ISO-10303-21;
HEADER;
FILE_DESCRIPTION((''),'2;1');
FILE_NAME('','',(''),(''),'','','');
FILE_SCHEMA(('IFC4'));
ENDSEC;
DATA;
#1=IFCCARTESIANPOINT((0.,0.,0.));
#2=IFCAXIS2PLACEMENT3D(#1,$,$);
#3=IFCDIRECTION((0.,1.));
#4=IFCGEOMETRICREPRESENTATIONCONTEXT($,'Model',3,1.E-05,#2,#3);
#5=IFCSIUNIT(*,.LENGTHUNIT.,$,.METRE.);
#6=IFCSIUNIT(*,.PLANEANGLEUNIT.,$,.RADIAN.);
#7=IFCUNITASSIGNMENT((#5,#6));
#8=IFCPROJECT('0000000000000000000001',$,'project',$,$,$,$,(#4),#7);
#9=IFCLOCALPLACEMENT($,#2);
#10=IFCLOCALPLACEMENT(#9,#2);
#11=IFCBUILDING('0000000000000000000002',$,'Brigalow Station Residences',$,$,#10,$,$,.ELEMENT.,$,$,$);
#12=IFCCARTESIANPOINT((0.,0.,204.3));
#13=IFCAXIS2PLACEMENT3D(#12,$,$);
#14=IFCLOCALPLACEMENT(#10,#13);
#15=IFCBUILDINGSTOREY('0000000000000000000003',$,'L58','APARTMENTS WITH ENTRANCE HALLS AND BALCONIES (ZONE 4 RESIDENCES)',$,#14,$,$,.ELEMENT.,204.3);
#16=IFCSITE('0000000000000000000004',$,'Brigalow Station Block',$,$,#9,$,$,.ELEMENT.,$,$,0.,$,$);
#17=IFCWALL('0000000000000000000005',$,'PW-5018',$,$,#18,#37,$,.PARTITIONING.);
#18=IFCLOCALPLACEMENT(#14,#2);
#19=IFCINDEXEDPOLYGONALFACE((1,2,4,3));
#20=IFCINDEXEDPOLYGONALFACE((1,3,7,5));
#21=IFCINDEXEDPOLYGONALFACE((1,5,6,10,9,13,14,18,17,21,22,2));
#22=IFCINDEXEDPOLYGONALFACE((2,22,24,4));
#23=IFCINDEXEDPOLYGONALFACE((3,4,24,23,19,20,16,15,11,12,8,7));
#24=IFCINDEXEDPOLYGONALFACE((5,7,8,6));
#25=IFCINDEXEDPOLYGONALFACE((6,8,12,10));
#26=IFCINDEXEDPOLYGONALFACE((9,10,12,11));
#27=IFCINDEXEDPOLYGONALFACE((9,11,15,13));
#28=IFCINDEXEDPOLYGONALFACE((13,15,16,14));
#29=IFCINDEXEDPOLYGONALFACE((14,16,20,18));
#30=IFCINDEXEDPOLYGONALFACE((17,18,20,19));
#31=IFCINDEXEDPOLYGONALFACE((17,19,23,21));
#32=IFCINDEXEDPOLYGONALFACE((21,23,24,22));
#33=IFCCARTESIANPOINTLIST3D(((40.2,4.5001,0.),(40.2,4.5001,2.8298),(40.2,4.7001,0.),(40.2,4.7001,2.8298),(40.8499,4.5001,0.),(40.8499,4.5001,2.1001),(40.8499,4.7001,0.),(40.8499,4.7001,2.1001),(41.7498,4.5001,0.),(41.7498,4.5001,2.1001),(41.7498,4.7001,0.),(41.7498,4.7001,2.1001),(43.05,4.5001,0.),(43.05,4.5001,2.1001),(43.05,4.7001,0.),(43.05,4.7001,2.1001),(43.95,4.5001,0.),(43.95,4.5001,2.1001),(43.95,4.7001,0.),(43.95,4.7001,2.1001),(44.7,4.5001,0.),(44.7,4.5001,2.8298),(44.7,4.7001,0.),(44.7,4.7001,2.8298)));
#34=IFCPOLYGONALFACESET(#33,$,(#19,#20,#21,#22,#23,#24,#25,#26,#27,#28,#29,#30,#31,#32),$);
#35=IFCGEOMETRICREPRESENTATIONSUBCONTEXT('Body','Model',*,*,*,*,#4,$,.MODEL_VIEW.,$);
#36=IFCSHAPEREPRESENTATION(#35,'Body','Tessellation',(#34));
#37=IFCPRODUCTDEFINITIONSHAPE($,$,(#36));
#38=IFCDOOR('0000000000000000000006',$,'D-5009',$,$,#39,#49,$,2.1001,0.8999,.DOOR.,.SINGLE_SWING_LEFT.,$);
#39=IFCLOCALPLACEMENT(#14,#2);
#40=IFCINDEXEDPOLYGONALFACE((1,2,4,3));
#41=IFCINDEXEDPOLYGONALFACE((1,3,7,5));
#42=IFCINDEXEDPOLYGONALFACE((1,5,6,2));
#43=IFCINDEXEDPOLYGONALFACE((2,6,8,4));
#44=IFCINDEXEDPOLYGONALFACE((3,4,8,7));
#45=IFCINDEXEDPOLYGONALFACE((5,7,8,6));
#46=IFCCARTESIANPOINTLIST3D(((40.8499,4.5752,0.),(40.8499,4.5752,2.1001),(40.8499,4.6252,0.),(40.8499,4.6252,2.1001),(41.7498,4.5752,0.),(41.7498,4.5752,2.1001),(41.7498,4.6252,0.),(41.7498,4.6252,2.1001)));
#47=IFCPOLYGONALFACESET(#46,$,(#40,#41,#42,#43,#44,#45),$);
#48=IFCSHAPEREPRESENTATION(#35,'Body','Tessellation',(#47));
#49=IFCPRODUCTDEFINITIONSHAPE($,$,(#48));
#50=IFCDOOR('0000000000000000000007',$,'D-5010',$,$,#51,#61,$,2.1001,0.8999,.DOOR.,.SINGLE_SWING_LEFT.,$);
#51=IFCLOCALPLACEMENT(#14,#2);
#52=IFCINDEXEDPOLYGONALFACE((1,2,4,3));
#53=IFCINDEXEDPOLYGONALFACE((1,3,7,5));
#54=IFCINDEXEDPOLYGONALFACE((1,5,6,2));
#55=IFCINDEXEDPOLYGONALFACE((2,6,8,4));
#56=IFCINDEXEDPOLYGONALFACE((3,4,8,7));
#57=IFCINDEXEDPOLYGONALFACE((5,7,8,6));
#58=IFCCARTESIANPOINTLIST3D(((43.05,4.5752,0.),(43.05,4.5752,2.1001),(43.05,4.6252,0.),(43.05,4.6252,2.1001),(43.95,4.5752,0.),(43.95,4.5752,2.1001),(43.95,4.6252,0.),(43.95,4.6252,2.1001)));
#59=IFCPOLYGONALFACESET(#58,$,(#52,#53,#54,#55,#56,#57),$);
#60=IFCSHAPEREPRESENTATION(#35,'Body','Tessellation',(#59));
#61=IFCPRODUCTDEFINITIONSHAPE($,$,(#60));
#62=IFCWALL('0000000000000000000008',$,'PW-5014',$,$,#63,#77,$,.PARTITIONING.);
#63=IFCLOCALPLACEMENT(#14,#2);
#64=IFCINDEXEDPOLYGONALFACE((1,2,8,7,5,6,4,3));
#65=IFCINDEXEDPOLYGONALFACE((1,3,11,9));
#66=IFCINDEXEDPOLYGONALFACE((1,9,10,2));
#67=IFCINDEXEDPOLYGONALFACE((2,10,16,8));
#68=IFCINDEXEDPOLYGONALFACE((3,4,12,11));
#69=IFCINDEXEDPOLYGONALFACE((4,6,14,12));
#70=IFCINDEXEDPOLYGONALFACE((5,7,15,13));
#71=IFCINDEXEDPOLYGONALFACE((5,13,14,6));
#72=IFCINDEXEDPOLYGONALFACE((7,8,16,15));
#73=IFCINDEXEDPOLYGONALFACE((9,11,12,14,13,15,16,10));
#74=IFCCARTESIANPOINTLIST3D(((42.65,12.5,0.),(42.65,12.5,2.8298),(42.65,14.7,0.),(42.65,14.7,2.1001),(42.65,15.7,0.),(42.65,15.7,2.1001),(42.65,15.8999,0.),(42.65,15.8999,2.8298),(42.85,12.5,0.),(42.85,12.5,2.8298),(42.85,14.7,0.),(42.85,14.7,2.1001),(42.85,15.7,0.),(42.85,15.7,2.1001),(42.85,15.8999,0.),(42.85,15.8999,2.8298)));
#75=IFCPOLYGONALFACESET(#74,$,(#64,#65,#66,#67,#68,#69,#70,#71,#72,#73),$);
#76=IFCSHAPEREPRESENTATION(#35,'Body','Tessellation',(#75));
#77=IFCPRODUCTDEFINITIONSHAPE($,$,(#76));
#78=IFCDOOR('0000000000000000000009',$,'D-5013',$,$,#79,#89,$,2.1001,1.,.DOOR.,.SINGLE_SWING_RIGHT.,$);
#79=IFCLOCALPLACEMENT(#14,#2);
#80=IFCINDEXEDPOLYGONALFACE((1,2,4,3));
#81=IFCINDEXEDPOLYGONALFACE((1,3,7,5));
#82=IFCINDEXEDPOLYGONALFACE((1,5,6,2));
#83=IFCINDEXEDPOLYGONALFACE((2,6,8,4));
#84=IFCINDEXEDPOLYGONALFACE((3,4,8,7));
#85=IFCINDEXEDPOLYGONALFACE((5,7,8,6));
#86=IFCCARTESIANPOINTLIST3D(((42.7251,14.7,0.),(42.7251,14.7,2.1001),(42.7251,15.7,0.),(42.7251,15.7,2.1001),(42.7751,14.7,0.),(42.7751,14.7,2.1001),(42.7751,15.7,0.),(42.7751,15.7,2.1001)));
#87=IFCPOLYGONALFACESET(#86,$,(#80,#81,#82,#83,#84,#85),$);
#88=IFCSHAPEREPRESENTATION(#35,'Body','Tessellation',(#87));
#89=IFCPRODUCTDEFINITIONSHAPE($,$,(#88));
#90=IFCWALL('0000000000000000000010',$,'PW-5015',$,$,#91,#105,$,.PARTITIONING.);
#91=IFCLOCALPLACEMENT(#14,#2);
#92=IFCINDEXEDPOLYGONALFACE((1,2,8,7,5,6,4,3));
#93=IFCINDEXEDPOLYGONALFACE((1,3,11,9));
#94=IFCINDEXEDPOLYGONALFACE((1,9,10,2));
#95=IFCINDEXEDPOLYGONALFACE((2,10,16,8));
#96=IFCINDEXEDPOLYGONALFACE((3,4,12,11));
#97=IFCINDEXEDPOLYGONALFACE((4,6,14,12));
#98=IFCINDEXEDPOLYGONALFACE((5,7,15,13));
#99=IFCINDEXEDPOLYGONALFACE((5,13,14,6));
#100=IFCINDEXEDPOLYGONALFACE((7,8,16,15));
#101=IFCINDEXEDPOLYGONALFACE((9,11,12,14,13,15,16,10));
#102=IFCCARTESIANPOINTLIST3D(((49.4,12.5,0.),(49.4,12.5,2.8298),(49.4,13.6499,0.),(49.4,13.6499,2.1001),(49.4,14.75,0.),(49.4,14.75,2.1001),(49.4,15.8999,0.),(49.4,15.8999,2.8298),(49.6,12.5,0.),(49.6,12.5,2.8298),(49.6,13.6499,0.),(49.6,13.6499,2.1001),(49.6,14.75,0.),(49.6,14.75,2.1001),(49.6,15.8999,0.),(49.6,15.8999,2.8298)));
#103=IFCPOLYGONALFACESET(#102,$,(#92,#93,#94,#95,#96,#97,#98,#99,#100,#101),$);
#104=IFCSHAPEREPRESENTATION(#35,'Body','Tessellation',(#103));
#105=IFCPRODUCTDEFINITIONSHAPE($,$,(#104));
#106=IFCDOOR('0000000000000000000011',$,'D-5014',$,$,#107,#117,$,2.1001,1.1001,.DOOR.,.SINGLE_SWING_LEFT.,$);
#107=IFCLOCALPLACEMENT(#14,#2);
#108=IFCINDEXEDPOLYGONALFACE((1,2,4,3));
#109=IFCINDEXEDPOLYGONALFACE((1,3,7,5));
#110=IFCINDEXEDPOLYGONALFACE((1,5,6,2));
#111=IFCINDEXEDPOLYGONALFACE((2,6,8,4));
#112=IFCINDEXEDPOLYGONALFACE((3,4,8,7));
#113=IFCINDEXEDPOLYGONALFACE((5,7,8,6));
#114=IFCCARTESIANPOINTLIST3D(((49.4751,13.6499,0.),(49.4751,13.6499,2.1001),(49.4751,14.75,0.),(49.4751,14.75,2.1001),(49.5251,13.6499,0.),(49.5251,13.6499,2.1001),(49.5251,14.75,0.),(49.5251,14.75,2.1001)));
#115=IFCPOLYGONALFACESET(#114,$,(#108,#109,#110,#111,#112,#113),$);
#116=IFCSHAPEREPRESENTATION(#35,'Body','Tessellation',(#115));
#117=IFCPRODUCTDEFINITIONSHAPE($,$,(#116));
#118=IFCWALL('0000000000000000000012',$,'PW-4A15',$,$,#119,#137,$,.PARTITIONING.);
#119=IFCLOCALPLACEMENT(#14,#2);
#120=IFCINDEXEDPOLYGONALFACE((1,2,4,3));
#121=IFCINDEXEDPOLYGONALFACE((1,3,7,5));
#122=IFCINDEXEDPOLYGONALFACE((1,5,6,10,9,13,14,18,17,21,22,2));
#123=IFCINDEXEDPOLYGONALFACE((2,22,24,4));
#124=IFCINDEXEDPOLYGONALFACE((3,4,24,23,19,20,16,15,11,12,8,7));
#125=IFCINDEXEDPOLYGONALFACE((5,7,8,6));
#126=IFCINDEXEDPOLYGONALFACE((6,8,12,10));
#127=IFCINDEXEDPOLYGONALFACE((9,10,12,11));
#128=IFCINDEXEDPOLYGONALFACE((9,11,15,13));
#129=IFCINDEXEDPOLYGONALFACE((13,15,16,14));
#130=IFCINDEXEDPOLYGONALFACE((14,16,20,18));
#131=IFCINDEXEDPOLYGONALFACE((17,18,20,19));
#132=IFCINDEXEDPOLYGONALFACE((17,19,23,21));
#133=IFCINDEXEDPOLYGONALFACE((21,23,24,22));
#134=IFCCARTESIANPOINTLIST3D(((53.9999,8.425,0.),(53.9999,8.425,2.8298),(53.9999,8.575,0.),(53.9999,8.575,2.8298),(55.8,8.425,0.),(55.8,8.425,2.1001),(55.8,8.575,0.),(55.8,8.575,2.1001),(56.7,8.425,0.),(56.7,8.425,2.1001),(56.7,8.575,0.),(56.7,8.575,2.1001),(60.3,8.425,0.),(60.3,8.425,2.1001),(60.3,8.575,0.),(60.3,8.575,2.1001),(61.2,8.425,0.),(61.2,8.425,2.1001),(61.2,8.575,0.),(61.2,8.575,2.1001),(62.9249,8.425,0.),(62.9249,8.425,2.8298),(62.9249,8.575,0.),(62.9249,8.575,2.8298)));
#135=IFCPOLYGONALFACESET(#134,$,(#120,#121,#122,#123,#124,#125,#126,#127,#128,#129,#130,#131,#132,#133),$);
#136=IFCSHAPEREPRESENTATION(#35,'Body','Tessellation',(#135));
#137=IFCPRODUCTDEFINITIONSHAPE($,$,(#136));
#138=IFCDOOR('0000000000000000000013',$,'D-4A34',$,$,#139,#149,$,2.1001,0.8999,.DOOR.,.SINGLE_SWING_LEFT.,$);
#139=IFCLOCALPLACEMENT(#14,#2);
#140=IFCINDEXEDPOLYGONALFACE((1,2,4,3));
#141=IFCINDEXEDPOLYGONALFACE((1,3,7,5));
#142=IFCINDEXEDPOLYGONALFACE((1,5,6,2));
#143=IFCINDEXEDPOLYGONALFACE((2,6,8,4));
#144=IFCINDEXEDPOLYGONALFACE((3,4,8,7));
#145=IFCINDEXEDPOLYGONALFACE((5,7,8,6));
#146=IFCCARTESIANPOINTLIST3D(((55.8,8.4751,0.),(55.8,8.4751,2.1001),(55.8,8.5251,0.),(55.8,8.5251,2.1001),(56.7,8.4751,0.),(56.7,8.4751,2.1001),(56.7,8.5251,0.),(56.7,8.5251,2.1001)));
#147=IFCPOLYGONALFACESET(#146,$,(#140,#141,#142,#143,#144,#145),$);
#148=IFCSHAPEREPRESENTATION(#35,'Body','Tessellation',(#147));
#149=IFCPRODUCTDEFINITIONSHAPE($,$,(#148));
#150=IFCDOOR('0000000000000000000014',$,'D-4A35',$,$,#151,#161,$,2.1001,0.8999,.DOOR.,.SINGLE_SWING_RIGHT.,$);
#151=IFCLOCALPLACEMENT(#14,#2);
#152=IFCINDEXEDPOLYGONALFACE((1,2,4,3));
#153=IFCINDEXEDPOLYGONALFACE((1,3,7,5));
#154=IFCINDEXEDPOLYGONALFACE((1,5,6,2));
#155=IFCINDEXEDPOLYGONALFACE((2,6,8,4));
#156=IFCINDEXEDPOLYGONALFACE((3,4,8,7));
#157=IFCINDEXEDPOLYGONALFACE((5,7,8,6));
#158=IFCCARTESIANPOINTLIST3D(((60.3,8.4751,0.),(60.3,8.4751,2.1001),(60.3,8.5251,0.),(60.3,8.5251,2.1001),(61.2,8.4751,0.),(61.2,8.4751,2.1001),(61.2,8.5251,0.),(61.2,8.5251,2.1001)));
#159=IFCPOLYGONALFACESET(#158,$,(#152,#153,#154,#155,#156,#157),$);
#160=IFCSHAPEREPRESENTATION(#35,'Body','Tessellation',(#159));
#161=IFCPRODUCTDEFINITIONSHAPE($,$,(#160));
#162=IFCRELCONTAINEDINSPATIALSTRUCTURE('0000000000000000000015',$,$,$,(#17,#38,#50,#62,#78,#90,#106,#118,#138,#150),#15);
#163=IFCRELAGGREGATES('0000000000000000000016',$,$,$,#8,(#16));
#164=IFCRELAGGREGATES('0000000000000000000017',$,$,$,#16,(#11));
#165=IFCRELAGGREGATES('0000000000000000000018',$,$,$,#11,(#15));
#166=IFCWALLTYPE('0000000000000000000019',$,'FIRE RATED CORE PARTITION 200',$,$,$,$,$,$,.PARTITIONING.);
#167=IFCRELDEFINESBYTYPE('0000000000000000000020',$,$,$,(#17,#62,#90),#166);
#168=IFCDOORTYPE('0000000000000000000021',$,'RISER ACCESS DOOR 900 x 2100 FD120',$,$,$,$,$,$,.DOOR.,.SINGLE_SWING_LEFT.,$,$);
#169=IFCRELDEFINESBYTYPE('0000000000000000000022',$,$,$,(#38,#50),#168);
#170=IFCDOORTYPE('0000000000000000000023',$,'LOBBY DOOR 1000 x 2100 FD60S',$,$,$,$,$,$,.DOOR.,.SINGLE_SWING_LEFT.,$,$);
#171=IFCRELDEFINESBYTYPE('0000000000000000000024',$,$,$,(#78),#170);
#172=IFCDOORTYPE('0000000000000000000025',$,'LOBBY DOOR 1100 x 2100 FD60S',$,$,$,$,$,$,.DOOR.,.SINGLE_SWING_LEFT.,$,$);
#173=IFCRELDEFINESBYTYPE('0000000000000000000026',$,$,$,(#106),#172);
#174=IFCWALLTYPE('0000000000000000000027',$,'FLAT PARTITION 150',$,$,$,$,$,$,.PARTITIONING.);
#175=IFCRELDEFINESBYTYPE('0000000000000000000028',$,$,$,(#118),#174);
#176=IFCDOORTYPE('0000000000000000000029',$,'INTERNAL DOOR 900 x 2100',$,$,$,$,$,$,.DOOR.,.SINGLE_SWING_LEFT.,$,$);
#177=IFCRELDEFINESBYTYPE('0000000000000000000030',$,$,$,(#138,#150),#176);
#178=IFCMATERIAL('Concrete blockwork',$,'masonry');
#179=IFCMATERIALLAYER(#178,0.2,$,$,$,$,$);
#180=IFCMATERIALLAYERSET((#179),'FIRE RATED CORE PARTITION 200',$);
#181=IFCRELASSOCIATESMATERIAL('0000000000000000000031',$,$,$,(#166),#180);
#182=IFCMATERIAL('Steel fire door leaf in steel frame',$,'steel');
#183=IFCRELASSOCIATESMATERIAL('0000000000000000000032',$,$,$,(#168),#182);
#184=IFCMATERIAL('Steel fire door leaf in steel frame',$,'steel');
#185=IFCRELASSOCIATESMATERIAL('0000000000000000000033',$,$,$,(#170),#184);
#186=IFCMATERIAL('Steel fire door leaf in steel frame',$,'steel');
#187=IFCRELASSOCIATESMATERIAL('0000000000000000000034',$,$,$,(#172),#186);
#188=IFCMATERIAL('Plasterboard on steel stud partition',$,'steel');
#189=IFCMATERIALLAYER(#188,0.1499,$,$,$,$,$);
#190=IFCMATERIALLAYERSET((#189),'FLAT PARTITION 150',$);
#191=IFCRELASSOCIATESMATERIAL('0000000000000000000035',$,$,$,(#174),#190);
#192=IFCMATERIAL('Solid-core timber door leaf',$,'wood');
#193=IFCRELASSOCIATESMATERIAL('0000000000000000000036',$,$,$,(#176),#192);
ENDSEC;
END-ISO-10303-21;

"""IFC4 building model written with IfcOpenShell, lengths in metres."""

from ifc_helpers import new_model, si_unit, direction, frame, frame_2d, origin, place, context, subcontext, project, spatial, rectangle, extrude, material, layer, layer_set, type_object, element, fill, save


model = new_model("IFC4")

# Units and contexts
model_context = context("Model", 3, precision=1e-05, world=origin(), true_north=direction((0.0, 1.0)))
body_context = subcontext(model_context, "Body", "Model", "MODEL_VIEW")
ifc_project = project(units=[si_unit("LENGTHUNIT", "METRE"), si_unit("PLANEANGLEUNIT", "RADIAN")], contexts=[model_context])

# Site, building, storey
site_placement = place(None, origin())
site = spatial("IfcSite", under=ifc_project, at=site_placement, Name="Brigalow Station Block", CompositionType="ELEMENT", RefElevation=0.0)
building_placement = place(site_placement, origin())
building = spatial("IfcBuilding", under=site, at=building_placement, Name="Brigalow Station Residences", CompositionType="ELEMENT")
storey_placement = place(building_placement, frame((0.0, 0.0, 204.3)))
storey = spatial("IfcBuildingStorey", under=building, at=storey_placement, Name="L58", Description="APARTMENTS WITH ENTRANCE HALLS AND BALCONIES (ZONE 4 RESIDENCES)", CompositionType="ELEMENT", Elevation=204.3)

# Wall, openings, doors
ifc_material_1 = material(Name="Concrete blockwork", Category="masonry")
ifc_layer_1 = layer(ifc_material_1, 0.2)
ifc_layer_set_1 = layer_set([ifc_layer_1], Name="FIRE RATED CORE PARTITION 200")
wall_type_1 = type_object("IfcWallType", Name="FIRE RATED CORE PARTITION 200", PredefinedType="PARTITIONING", material=ifc_layer_set_1)
wall_1_placement = place(storey_placement, frame((40.2, 4.6001, 0.0), z_axis=(0.0, 0.0, 1.0), x_axis=(1.0, 0.0, 0.0)))
wall_1 = element("IfcWall", 1, at=wall_1_placement, inside=storey, type_object=wall_type_1, Name="PW-5018", PredefinedType="PARTITIONING", context=body_context, shape_type="SweptSolid", body=[
    extrude(rectangle(XDim=4.5, YDim=0.2, at=frame_2d((2.25, 0.0))), origin(), (0.0, 0.0, 1.0), 2.8298),
])
opening_1_placement = place(wall_1_placement, frame((0.6499, 0.0, 0.0)))
opening_1 = element("IfcOpeningElement", 2, at=opening_1_placement, cuts=wall_1, PredefinedType="OPENING", context=body_context, shape_type="SweptSolid", body=[
    extrude(rectangle(XDim=0.8999, YDim=2.1001, at=frame_2d((0.45, 1.05))), frame((0.0, 0.1099, 0.0), z_axis=(0.0, -1.0, 0.0), x_axis=(1.0, 0.0, 0.0)), (0.0, 0.0, 1.0), 0.22),
])
opening_2_placement = place(wall_1_placement, frame((2.8501, 0.0, 0.0)))
opening_2 = element("IfcOpeningElement", 3, at=opening_2_placement, cuts=wall_1, PredefinedType="OPENING", context=body_context, shape_type="SweptSolid", body=[
    extrude(rectangle(XDim=0.8999, YDim=2.1001, at=frame_2d((0.45, 1.05))), frame((0.0, 0.1099, 0.0), z_axis=(0.0, -1.0, 0.0), x_axis=(1.0, 0.0, 0.0)), (0.0, 0.0, 1.0), 0.22),
])
ifc_material_2 = material(Name="Steel fire door leaf in steel frame", Category="steel")
door_type_1 = type_object("IfcDoorType", Name="RISER ACCESS DOOR 900 x 2100 FD120", OperationType="SINGLE_SWING_LEFT", PredefinedType="DOOR", material=ifc_material_2)
door_1_placement = place(opening_1_placement, frame((0.8999, 0.0, 0.0), z_axis=(0.0, 0.0, 1.0), x_axis=(-1.0, 0.0, 0.0)))
door_1 = element("IfcDoor", 4, at=door_1_placement, inside=storey, type_object=door_type_1, Name="D-5009", OperationType="SINGLE_SWING_LEFT", OverallHeight=2.1001, OverallWidth=0.8999, PredefinedType="DOOR", context=body_context, shape_type="SweptSolid", body=[
    extrude(rectangle(XDim=0.8999, YDim=2.1001, at=frame_2d((0.45, 1.05))), frame((0.0, 0.0249, 0.0), z_axis=(0.0, -1.0, 0.0), x_axis=(1.0, 0.0, 0.0)), (0.0, 0.0, 1.0), 0.05),
])
fill(opening_1, door_1)
door_2_placement = place(opening_2_placement, frame((0.8999, 0.0, 0.0), z_axis=(0.0, 0.0, 1.0), x_axis=(-1.0, 0.0, 0.0)))
door_2 = element("IfcDoor", 5, at=door_2_placement, inside=storey, type_object=door_type_1, Name="D-5010", OperationType="SINGLE_SWING_LEFT", OverallHeight=2.1001, OverallWidth=0.8999, PredefinedType="DOOR", context=body_context, shape_type="SweptSolid", body=[
    extrude(rectangle(XDim=0.8999, YDim=2.1001, at=frame_2d((0.45, 1.05))), frame((0.0, 0.0249, 0.0), z_axis=(0.0, -1.0, 0.0), x_axis=(1.0, 0.0, 0.0)), (0.0, 0.0, 1.0), 0.05),
])
fill(opening_2, door_2)

# Walls, openings, doors
wall_2_placement = place(storey_placement, frame((42.75, 12.5, 0.0), z_axis=(0.0, 0.0, 1.0), x_axis=(0.0, 1.0, 0.0)))
wall_2 = element("IfcWall", 6, at=wall_2_placement, inside=storey, type_object=wall_type_1, Name="PW-5014", PredefinedType="PARTITIONING", context=body_context, shape_type="SweptSolid", body=[
    extrude(rectangle(XDim=3.3999, YDim=0.2, at=frame_2d((1.7, 0.0))), origin(), (0.0, 0.0, 1.0), 2.8298),
])
opening_3_placement = place(wall_2_placement, frame((2.2, 0.0, 0.0)))
opening_3 = element("IfcOpeningElement", 7, at=opening_3_placement, cuts=wall_2, PredefinedType="OPENING", context=body_context, shape_type="SweptSolid", body=[
    extrude(rectangle(XDim=1.0, YDim=2.1001, at=frame_2d((0.5, 1.05))), frame((0.0, 0.1099, 0.0), z_axis=(0.0, -1.0, 0.0), x_axis=(1.0, 0.0, 0.0)), (0.0, 0.0, 1.0), 0.22),
])
ifc_material_3 = material(Name="Steel fire door leaf in steel frame", Category="steel")
door_type_2 = type_object("IfcDoorType", Name="LOBBY DOOR 1000 x 2100 FD60S", OperationType="SINGLE_SWING_LEFT", PredefinedType="DOOR", material=ifc_material_3)
door_3_placement = place(opening_3_placement, origin())
door_3 = element("IfcDoor", 8, at=door_3_placement, inside=storey, type_object=door_type_2, Name="D-5013", OperationType="SINGLE_SWING_RIGHT", OverallHeight=2.1001, OverallWidth=1.0, PredefinedType="DOOR", context=body_context, shape_type="SweptSolid", body=[
    extrude(rectangle(XDim=1.0, YDim=2.1001, at=frame_2d((0.5, 1.05))), frame((0.0, 0.0249, 0.0), z_axis=(0.0, -1.0, 0.0), x_axis=(1.0, 0.0, 0.0)), (0.0, 0.0, 1.0), 0.05),
])
fill(opening_3, door_3)
wall_3_placement = place(storey_placement, frame((49.5, 12.5, 0.0), z_axis=(0.0, 0.0, 1.0), x_axis=(0.0, 1.0, 0.0)))
wall_3 = element("IfcWall", 9, at=wall_3_placement, inside=storey, type_object=wall_type_1, Name="PW-5015", PredefinedType="PARTITIONING", context=body_context, shape_type="SweptSolid", body=[
    extrude(rectangle(XDim=3.3999, YDim=0.2, at=frame_2d((1.7, 0.0))), origin(), (0.0, 0.0, 1.0), 2.8298),
])
opening_4_placement = place(wall_3_placement, frame((1.1499, 0.0, 0.0)))
opening_4 = element("IfcOpeningElement", 10, at=opening_4_placement, cuts=wall_3, PredefinedType="OPENING", context=body_context, shape_type="SweptSolid", body=[
    extrude(rectangle(XDim=1.1001, YDim=2.1001, at=frame_2d((0.55, 1.05))), frame((0.0, 0.1099, 0.0), z_axis=(0.0, -1.0, 0.0), x_axis=(1.0, 0.0, 0.0)), (0.0, 0.0, 1.0), 0.22),
])
ifc_material_4 = material(Name="Steel fire door leaf in steel frame", Category="steel")
door_type_3 = type_object("IfcDoorType", Name="LOBBY DOOR 1100 x 2100 FD60S", OperationType="SINGLE_SWING_LEFT", PredefinedType="DOOR", material=ifc_material_4)
door_4_placement = place(opening_4_placement, origin())
door_4 = element("IfcDoor", 11, at=door_4_placement, inside=storey, type_object=door_type_3, Name="D-5014", OperationType="SINGLE_SWING_LEFT", OverallHeight=2.1001, OverallWidth=1.1001, PredefinedType="DOOR", context=body_context, shape_type="SweptSolid", body=[
    extrude(rectangle(XDim=1.1001, YDim=2.1001, at=frame_2d((0.55, 1.05))), frame((0.0, 0.0249, 0.0), z_axis=(0.0, -1.0, 0.0), x_axis=(1.0, 0.0, 0.0)), (0.0, 0.0, 1.0), 0.05),
])
fill(opening_4, door_4)

# Wall, openings, doors
ifc_material_5 = material(Name="Plasterboard on steel stud partition", Category="steel")
ifc_layer_2 = layer(ifc_material_5, 0.1499)
ifc_layer_set_2 = layer_set([ifc_layer_2], Name="FLAT PARTITION 150")
wall_type_2 = type_object("IfcWallType", Name="FLAT PARTITION 150", PredefinedType="PARTITIONING", material=ifc_layer_set_2)
wall_4_placement = place(storey_placement, frame((54.0, 8.5, 0.0), z_axis=(0.0, 0.0, 1.0), x_axis=(1.0, 0.0, 0.0)))
wall_4 = element("IfcWall", 12, at=wall_4_placement, inside=storey, type_object=wall_type_2, Name="PW-4A15", PredefinedType="PARTITIONING", context=body_context, shape_type="SweptSolid", body=[
    extrude(rectangle(XDim=8.925, YDim=0.1499, at=frame_2d((4.4624, 0.0))), origin(), (0.0, 0.0, 1.0), 2.8298),
])
opening_5_placement = place(wall_4_placement, frame((1.8, 0.0, 0.0)))
opening_5 = element("IfcOpeningElement", 13, at=opening_5_placement, cuts=wall_4, PredefinedType="OPENING", context=body_context, shape_type="SweptSolid", body=[
    extrude(rectangle(XDim=0.8999, YDim=2.1001, at=frame_2d((0.45, 1.05))), frame((0.0, 0.085, 0.0), z_axis=(0.0, -1.0, 0.0), x_axis=(1.0, 0.0, 0.0)), (0.0, 0.0, 1.0), 0.1699),
])
opening_6_placement = place(wall_4_placement, frame((6.3, 0.0, 0.0)))
opening_6 = element("IfcOpeningElement", 14, at=opening_6_placement, cuts=wall_4, PredefinedType="OPENING", context=body_context, shape_type="SweptSolid", body=[
    extrude(rectangle(XDim=0.8999, YDim=2.1001, at=frame_2d((0.45, 1.05))), frame((0.0, 0.085, 0.0), z_axis=(0.0, -1.0, 0.0), x_axis=(1.0, 0.0, 0.0)), (0.0, 0.0, 1.0), 0.1699),
])
ifc_material_6 = material(Name="Solid-core timber door leaf", Category="wood")
door_type_4 = type_object("IfcDoorType", Name="INTERNAL DOOR 900 x 2100", OperationType="SINGLE_SWING_LEFT", PredefinedType="DOOR", material=ifc_material_6)
door_5_placement = place(opening_5_placement, frame((0.8999, 0.0, 0.0), z_axis=(0.0, 0.0, 1.0), x_axis=(-1.0, 0.0, 0.0)))
door_5 = element("IfcDoor", 15, at=door_5_placement, inside=storey, type_object=door_type_4, Name="D-4A34", OperationType="SINGLE_SWING_LEFT", OverallHeight=2.1001, OverallWidth=0.8999, PredefinedType="DOOR", context=body_context, shape_type="SweptSolid", body=[
    extrude(rectangle(XDim=0.8999, YDim=2.1001, at=frame_2d((0.45, 1.05))), frame((0.0, 0.0249, 0.0), z_axis=(0.0, -1.0, 0.0), x_axis=(1.0, 0.0, 0.0)), (0.0, 0.0, 1.0), 0.05),
])
fill(opening_5, door_5)
door_6_placement = place(opening_6_placement, frame((0.8999, 0.0, 0.0), z_axis=(0.0, 0.0, 1.0), x_axis=(-1.0, 0.0, 0.0)))
door_6 = element("IfcDoor", 16, at=door_6_placement, inside=storey, type_object=door_type_4, Name="D-4A35", OperationType="SINGLE_SWING_RIGHT", OverallHeight=2.1001, OverallWidth=0.8999, PredefinedType="DOOR", context=body_context, shape_type="SweptSolid", body=[
    extrude(rectangle(XDim=0.8999, YDim=2.1001, at=frame_2d((0.45, 1.05))), frame((0.0, 0.0249, 0.0), z_axis=(0.0, -1.0, 0.0), x_axis=(1.0, 0.0, 0.0)), (0.0, 0.0, 1.0), 0.05),
])
fill(opening_6, door_6)

save(model, "model.ifc")
